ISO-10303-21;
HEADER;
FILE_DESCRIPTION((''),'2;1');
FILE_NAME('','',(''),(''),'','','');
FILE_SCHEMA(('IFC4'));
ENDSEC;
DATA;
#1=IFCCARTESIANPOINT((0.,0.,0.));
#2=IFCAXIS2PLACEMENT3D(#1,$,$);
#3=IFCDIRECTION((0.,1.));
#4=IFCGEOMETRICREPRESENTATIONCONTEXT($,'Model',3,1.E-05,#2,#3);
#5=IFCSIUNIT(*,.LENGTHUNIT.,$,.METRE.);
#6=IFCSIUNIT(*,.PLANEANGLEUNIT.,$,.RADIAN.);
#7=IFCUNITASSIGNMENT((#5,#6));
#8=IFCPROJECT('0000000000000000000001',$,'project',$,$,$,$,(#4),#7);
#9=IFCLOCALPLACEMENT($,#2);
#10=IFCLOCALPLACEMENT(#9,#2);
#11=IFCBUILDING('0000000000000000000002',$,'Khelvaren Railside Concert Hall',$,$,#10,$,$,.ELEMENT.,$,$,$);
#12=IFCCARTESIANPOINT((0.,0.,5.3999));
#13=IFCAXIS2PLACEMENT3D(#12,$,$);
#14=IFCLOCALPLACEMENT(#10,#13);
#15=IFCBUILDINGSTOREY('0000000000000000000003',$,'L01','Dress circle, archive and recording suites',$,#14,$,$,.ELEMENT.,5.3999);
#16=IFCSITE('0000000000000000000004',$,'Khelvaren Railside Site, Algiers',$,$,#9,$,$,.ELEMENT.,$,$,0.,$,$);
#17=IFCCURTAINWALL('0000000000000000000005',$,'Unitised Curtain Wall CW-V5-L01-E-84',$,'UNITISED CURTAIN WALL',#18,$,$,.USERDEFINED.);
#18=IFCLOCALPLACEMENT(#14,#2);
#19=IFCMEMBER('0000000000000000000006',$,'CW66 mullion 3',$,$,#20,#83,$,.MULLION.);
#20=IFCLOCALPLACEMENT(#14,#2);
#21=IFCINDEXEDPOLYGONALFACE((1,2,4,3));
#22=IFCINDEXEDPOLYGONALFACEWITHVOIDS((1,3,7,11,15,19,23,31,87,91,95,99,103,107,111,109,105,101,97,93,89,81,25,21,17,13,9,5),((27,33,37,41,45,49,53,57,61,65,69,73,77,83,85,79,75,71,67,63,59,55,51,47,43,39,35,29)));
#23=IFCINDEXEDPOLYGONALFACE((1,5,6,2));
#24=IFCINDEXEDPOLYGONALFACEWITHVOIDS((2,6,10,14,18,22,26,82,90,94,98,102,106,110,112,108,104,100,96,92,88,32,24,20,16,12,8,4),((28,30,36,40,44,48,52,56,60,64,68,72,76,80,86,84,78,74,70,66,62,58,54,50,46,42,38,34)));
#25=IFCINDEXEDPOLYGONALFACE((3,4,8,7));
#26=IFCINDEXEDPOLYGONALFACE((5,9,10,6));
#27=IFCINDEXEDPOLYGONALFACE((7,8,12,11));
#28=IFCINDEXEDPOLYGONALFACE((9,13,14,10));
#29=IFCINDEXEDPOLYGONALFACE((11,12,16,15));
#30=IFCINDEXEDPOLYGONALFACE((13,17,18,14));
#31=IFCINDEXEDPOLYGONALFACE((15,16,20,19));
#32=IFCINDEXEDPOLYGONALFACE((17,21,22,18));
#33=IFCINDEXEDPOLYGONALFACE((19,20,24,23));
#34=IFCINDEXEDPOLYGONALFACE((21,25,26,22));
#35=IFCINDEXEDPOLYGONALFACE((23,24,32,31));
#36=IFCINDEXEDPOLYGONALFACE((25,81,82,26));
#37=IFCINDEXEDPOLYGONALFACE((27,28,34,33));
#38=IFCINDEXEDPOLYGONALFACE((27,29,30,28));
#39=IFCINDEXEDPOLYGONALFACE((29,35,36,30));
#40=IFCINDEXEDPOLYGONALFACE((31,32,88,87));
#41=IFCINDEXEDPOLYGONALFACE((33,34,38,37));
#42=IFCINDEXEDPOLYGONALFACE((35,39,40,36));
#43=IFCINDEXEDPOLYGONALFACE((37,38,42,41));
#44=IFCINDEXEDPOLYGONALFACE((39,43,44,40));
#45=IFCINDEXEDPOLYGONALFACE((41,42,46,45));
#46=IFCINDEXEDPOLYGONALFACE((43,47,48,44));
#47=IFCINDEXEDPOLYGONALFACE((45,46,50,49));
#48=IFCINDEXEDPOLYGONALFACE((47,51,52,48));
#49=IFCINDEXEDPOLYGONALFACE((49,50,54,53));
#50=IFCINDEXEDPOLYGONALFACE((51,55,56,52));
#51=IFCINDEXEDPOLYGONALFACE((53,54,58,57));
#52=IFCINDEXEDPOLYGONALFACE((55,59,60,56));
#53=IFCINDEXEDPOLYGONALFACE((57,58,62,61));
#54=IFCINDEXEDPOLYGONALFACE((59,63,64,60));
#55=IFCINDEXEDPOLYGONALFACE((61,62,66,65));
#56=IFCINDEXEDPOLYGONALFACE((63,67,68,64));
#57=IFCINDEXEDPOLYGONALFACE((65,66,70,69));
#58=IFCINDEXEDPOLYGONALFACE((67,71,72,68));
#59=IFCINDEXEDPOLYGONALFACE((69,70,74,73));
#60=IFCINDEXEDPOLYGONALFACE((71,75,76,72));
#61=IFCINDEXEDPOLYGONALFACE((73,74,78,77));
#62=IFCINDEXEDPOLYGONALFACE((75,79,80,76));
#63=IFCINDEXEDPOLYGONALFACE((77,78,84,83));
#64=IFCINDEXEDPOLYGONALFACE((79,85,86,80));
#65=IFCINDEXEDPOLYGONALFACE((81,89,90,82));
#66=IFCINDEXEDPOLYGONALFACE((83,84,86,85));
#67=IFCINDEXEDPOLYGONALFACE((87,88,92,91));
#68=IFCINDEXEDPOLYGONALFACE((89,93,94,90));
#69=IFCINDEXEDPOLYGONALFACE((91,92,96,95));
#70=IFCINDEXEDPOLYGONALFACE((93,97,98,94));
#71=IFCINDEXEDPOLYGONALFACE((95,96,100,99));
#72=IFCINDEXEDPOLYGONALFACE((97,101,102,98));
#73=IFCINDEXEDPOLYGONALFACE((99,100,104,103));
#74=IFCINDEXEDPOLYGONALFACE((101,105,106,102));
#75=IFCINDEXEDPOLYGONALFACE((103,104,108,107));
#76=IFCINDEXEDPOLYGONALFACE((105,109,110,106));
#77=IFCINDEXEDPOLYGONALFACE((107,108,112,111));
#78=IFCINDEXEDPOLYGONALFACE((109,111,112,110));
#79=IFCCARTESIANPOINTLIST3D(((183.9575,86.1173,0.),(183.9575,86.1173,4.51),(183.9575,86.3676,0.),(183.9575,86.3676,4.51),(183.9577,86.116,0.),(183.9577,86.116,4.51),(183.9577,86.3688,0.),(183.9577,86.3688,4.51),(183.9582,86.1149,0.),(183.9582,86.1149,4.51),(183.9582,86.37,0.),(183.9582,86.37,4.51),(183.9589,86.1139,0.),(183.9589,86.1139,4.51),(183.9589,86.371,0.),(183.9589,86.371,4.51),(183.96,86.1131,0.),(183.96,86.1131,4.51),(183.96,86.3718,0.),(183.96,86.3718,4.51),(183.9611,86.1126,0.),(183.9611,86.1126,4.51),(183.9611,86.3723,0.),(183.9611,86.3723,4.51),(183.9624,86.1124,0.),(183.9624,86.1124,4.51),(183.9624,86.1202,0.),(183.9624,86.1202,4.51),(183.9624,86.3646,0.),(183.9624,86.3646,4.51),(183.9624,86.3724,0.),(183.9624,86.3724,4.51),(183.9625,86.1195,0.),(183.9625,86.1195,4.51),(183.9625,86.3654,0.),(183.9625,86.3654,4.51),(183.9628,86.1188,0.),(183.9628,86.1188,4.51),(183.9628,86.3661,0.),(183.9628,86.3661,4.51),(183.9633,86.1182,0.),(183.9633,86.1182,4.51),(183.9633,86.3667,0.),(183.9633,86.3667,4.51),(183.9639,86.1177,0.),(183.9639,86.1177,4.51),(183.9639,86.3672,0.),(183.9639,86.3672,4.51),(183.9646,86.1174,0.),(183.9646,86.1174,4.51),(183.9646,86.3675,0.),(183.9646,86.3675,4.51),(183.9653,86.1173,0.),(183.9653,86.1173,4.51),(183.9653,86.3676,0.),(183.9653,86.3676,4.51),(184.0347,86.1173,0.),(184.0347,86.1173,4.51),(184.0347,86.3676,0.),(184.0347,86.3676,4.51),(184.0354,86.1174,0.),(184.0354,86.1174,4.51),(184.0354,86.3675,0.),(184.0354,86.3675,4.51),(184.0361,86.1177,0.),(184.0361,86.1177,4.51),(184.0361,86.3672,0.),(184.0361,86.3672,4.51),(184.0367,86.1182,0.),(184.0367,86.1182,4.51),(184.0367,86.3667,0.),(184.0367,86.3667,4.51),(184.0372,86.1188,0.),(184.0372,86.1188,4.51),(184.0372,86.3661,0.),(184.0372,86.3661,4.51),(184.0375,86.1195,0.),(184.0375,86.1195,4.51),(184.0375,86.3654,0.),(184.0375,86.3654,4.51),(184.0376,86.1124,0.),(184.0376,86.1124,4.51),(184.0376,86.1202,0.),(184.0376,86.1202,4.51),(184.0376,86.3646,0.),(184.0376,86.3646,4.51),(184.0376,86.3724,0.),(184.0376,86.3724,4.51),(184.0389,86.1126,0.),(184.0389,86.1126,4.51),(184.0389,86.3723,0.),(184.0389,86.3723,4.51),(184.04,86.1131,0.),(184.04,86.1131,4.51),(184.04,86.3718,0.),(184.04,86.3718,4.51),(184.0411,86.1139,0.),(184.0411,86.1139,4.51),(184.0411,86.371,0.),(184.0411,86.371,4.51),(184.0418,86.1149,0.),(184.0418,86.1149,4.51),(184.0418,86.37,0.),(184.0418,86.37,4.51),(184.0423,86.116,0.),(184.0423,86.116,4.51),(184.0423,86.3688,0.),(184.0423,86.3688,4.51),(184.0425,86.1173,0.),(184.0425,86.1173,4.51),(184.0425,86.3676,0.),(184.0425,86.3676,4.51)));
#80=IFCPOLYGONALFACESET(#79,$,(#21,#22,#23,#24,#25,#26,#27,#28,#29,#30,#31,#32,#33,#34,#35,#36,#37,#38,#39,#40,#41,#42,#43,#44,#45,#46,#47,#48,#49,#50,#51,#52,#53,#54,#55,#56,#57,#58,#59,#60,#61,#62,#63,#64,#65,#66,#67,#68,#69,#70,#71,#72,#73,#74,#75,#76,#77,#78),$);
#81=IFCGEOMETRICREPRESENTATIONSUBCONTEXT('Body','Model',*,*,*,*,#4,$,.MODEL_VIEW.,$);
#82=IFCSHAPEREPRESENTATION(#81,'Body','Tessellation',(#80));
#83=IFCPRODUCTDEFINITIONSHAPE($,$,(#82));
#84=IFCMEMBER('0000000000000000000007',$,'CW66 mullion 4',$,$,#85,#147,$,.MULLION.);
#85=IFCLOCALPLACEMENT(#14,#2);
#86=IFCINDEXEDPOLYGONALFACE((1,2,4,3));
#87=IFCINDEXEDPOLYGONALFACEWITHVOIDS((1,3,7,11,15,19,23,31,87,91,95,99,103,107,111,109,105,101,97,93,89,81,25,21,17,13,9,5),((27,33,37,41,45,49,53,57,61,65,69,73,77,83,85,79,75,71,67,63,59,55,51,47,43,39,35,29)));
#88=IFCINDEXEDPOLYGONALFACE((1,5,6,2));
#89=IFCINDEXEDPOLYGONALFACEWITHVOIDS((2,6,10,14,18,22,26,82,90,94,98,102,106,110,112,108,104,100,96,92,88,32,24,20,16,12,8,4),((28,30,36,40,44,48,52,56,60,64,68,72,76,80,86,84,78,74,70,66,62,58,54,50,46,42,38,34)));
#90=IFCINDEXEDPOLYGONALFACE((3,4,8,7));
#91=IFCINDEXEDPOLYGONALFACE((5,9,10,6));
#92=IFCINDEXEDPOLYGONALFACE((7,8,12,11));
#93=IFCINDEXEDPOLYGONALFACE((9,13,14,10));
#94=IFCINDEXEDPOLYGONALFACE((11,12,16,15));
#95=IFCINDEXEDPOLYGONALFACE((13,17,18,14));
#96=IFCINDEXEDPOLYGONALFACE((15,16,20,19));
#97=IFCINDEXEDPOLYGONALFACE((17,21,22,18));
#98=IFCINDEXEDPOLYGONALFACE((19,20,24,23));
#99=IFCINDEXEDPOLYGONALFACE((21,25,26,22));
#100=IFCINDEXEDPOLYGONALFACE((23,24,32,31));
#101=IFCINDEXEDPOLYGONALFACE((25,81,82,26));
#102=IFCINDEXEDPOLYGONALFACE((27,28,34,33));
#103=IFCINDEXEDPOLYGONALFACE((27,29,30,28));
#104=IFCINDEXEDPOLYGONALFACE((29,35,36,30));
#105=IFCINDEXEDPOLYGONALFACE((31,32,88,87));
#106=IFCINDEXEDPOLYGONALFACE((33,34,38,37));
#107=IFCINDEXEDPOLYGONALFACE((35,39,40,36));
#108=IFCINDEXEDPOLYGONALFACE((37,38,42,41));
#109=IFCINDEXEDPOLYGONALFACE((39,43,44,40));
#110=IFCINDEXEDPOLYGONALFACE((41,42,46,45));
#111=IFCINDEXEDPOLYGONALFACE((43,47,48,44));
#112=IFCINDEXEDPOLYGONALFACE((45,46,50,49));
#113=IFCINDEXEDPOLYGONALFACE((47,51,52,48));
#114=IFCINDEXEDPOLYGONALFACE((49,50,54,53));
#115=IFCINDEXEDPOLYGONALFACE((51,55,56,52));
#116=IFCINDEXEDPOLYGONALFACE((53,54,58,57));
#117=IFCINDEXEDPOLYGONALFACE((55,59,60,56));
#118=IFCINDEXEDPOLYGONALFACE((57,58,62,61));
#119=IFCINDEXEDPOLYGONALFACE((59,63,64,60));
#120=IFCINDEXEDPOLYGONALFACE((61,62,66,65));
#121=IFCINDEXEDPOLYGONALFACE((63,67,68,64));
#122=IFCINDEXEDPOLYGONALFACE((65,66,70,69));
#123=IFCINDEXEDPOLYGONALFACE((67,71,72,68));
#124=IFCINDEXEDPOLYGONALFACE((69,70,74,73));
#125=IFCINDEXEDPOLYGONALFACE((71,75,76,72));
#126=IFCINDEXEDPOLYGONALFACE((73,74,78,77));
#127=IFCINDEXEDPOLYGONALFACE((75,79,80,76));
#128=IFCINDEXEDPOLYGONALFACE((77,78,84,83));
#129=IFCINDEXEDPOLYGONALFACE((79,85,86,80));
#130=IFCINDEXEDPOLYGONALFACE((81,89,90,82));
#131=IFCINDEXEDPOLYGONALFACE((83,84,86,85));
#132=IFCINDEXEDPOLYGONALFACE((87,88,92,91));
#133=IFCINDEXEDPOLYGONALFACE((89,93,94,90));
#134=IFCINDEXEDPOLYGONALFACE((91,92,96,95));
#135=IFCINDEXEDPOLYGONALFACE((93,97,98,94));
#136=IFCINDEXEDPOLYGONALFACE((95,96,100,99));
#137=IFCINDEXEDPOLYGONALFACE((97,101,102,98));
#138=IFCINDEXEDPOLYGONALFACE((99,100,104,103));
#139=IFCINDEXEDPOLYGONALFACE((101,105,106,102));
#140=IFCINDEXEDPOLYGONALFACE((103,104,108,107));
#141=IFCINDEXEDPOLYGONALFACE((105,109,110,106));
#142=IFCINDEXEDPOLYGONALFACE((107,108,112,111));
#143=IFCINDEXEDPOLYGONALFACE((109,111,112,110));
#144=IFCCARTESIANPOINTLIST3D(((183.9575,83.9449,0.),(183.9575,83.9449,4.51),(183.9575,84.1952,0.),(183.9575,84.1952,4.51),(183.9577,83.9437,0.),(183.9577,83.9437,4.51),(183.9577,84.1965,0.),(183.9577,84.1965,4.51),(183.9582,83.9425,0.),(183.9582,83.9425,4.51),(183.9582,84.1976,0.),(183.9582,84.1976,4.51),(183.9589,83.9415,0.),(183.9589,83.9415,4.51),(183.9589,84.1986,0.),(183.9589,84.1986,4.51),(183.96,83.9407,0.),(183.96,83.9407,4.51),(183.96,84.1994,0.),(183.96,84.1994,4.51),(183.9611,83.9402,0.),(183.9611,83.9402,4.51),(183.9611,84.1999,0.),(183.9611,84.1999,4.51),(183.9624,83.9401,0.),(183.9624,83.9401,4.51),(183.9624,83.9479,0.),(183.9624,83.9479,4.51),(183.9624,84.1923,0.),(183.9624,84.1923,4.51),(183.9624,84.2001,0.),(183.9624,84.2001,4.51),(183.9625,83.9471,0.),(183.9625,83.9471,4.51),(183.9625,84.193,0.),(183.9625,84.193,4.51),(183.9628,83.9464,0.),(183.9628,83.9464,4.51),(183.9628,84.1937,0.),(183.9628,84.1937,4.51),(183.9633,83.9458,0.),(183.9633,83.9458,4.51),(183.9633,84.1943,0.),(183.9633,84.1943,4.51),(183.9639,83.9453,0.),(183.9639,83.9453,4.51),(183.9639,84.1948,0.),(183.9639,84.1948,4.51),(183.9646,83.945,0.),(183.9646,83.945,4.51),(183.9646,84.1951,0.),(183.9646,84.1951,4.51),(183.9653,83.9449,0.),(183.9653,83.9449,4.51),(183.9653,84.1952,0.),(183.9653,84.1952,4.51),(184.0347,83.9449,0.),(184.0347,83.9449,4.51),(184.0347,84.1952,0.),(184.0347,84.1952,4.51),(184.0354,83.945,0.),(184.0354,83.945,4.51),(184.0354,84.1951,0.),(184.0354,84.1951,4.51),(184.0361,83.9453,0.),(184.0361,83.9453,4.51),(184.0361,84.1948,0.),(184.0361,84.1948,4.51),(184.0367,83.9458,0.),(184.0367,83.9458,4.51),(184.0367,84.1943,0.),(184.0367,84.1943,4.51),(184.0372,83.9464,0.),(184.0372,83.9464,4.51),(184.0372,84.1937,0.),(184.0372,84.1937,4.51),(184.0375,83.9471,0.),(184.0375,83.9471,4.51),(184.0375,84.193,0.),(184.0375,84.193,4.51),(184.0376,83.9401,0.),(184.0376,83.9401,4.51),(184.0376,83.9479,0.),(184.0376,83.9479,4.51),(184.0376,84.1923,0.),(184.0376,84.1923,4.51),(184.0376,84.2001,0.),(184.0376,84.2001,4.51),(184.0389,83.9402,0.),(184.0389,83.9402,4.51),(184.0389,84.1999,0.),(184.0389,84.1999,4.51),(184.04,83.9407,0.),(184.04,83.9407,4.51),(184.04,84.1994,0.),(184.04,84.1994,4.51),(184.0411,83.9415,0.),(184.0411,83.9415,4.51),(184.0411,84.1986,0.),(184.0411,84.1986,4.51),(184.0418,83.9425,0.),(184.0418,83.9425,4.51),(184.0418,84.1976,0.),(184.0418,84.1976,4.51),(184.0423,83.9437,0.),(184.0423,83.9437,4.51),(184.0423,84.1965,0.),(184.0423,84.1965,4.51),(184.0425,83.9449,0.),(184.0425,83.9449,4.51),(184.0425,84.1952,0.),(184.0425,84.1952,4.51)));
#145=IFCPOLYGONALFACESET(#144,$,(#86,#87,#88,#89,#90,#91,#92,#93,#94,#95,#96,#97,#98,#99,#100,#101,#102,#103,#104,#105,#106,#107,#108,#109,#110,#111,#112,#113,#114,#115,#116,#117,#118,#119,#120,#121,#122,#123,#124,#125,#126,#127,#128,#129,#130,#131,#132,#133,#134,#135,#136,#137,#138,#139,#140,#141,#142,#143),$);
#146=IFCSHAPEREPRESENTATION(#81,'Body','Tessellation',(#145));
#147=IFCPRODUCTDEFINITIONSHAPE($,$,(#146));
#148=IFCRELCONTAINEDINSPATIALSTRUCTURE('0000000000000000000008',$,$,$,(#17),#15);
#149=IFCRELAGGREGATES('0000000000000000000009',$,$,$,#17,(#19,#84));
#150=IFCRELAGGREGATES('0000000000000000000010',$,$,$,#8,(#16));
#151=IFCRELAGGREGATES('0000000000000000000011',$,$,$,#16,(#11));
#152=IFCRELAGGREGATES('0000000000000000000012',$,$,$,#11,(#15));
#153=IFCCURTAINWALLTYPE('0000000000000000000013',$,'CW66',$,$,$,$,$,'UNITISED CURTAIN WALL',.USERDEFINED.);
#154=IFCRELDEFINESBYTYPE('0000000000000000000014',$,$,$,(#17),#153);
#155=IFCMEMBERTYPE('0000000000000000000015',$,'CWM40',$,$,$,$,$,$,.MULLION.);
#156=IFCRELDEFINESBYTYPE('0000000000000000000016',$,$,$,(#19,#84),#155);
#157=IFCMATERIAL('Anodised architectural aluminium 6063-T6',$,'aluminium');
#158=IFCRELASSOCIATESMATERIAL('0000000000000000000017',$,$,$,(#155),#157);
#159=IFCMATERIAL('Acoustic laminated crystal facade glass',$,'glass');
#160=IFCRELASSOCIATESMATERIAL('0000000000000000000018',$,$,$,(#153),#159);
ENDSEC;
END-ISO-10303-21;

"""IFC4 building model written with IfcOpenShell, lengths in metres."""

from ifc_helpers import new_model, si_unit, direction, frame, origin, origin_2d, place, context, subcontext, project, spatial, hollow_rectangle, extrude, material, material_profile, profile_set, type_object, element, aggregate, save


model = new_model("IFC4")

# Units and contexts
model_context = context("Model", 3, precision=1e-05, world=origin(), true_north=direction((0.0, 1.0)))
body_context = subcontext(model_context, "Body", "Model", "MODEL_VIEW")
ifc_project = project(units=[si_unit("LENGTHUNIT", "METRE"), si_unit("PLANEANGLEUNIT", "RADIAN")], contexts=[model_context])

# Site, building, storey
site_placement = place(None, origin())
site = spatial("IfcSite", under=ifc_project, at=site_placement, Name="Khelvaren Railside Site, Algiers", CompositionType="ELEMENT", RefElevation=0.0)
building_placement = place(site_placement, origin())
building = spatial("IfcBuilding", under=site, at=building_placement, Name="Khelvaren Railside Concert Hall", CompositionType="ELEMENT")
storey_placement = place(building_placement, frame((0.0, 0.0, 5.3999)))
storey = spatial("IfcBuildingStorey", under=building, at=storey_placement, Name="L01", Description="Dress circle, archive and recording suites", CompositionType="ELEMENT", Elevation=5.3999)

# Curtain wall, members
ifc_material_1 = material(Name="Acoustic laminated crystal facade glass", Category="glass")
ifc_material_2 = material(Name="Anodised architectural aluminium 6063-T6", Category="aluminium")
ifc_material_profile_1 = material_profile(ifc_material_2, hollow_rectangle(XDim=0.085, YDim=0.26, WallThickness=0.0049, InnerFilletRadius=0.0029, OuterFilletRadius=0.0049, at=origin_2d()), Name="CWM 85x260x5")
ifc_profile_set_1 = profile_set([ifc_material_profile_1], Name="Anodised architectural aluminium 6063-T6")
member_type_1 = type_object("IfcMemberType", Name="CWM40", PredefinedType="MULLION", material=ifc_profile_set_1)
curtain_wall_type_1 = type_object("IfcCurtainWallType", Name="CW66", ElementType="UNITISED CURTAIN WALL", PredefinedType="USERDEFINED", material=ifc_material_1)
curtain_wall_1_placement = place(storey_placement, origin())
curtain_wall_1 = element("IfcCurtainWall", 1, at=curtain_wall_1_placement, inside=storey, type_object=curtain_wall_type_1, Name="Unitised Curtain Wall CW-V5-L01-E-84", ObjectType="UNITISED CURTAIN WALL", PredefinedType="USERDEFINED")
member_1_placement = place(storey_placement, frame((184.0, 86.2424, 0.0), z_axis=(0.0, 0.0, 1.0), x_axis=(1.0, 0.0, 0.0)))
member_1 = element("IfcMember", 2, at=member_1_placement, type_object=member_type_1, Name="CW66 mullion 3", PredefinedType="MULLION", context=body_context, shape_type="SweptSolid", body=[
    extrude(hollow_rectangle(XDim=0.085, YDim=0.26, WallThickness=0.0049, InnerFilletRadius=0.0029, OuterFilletRadius=0.0049, at=origin_2d()), origin(), (0.0, 0.0, 1.0), 4.51),
])
member_2_placement = place(storey_placement, frame((184.0, 84.0701, 0.0), z_axis=(0.0, 0.0, 1.0), x_axis=(1.0, 0.0, 0.0)))
member_2 = element("IfcMember", 3, at=member_2_placement, type_object=member_type_1, Name="CW66 mullion 4", PredefinedType="MULLION", context=body_context, shape_type="SweptSolid", body=[
    extrude(hollow_rectangle(XDim=0.085, YDim=0.26, WallThickness=0.0049, InnerFilletRadius=0.0029, OuterFilletRadius=0.0049, at=origin_2d()), origin(), (0.0, 0.0, 1.0), 4.51),
])

aggregate(curtain_wall_1, [member_1, member_2])

save(model, "model.ifc")
